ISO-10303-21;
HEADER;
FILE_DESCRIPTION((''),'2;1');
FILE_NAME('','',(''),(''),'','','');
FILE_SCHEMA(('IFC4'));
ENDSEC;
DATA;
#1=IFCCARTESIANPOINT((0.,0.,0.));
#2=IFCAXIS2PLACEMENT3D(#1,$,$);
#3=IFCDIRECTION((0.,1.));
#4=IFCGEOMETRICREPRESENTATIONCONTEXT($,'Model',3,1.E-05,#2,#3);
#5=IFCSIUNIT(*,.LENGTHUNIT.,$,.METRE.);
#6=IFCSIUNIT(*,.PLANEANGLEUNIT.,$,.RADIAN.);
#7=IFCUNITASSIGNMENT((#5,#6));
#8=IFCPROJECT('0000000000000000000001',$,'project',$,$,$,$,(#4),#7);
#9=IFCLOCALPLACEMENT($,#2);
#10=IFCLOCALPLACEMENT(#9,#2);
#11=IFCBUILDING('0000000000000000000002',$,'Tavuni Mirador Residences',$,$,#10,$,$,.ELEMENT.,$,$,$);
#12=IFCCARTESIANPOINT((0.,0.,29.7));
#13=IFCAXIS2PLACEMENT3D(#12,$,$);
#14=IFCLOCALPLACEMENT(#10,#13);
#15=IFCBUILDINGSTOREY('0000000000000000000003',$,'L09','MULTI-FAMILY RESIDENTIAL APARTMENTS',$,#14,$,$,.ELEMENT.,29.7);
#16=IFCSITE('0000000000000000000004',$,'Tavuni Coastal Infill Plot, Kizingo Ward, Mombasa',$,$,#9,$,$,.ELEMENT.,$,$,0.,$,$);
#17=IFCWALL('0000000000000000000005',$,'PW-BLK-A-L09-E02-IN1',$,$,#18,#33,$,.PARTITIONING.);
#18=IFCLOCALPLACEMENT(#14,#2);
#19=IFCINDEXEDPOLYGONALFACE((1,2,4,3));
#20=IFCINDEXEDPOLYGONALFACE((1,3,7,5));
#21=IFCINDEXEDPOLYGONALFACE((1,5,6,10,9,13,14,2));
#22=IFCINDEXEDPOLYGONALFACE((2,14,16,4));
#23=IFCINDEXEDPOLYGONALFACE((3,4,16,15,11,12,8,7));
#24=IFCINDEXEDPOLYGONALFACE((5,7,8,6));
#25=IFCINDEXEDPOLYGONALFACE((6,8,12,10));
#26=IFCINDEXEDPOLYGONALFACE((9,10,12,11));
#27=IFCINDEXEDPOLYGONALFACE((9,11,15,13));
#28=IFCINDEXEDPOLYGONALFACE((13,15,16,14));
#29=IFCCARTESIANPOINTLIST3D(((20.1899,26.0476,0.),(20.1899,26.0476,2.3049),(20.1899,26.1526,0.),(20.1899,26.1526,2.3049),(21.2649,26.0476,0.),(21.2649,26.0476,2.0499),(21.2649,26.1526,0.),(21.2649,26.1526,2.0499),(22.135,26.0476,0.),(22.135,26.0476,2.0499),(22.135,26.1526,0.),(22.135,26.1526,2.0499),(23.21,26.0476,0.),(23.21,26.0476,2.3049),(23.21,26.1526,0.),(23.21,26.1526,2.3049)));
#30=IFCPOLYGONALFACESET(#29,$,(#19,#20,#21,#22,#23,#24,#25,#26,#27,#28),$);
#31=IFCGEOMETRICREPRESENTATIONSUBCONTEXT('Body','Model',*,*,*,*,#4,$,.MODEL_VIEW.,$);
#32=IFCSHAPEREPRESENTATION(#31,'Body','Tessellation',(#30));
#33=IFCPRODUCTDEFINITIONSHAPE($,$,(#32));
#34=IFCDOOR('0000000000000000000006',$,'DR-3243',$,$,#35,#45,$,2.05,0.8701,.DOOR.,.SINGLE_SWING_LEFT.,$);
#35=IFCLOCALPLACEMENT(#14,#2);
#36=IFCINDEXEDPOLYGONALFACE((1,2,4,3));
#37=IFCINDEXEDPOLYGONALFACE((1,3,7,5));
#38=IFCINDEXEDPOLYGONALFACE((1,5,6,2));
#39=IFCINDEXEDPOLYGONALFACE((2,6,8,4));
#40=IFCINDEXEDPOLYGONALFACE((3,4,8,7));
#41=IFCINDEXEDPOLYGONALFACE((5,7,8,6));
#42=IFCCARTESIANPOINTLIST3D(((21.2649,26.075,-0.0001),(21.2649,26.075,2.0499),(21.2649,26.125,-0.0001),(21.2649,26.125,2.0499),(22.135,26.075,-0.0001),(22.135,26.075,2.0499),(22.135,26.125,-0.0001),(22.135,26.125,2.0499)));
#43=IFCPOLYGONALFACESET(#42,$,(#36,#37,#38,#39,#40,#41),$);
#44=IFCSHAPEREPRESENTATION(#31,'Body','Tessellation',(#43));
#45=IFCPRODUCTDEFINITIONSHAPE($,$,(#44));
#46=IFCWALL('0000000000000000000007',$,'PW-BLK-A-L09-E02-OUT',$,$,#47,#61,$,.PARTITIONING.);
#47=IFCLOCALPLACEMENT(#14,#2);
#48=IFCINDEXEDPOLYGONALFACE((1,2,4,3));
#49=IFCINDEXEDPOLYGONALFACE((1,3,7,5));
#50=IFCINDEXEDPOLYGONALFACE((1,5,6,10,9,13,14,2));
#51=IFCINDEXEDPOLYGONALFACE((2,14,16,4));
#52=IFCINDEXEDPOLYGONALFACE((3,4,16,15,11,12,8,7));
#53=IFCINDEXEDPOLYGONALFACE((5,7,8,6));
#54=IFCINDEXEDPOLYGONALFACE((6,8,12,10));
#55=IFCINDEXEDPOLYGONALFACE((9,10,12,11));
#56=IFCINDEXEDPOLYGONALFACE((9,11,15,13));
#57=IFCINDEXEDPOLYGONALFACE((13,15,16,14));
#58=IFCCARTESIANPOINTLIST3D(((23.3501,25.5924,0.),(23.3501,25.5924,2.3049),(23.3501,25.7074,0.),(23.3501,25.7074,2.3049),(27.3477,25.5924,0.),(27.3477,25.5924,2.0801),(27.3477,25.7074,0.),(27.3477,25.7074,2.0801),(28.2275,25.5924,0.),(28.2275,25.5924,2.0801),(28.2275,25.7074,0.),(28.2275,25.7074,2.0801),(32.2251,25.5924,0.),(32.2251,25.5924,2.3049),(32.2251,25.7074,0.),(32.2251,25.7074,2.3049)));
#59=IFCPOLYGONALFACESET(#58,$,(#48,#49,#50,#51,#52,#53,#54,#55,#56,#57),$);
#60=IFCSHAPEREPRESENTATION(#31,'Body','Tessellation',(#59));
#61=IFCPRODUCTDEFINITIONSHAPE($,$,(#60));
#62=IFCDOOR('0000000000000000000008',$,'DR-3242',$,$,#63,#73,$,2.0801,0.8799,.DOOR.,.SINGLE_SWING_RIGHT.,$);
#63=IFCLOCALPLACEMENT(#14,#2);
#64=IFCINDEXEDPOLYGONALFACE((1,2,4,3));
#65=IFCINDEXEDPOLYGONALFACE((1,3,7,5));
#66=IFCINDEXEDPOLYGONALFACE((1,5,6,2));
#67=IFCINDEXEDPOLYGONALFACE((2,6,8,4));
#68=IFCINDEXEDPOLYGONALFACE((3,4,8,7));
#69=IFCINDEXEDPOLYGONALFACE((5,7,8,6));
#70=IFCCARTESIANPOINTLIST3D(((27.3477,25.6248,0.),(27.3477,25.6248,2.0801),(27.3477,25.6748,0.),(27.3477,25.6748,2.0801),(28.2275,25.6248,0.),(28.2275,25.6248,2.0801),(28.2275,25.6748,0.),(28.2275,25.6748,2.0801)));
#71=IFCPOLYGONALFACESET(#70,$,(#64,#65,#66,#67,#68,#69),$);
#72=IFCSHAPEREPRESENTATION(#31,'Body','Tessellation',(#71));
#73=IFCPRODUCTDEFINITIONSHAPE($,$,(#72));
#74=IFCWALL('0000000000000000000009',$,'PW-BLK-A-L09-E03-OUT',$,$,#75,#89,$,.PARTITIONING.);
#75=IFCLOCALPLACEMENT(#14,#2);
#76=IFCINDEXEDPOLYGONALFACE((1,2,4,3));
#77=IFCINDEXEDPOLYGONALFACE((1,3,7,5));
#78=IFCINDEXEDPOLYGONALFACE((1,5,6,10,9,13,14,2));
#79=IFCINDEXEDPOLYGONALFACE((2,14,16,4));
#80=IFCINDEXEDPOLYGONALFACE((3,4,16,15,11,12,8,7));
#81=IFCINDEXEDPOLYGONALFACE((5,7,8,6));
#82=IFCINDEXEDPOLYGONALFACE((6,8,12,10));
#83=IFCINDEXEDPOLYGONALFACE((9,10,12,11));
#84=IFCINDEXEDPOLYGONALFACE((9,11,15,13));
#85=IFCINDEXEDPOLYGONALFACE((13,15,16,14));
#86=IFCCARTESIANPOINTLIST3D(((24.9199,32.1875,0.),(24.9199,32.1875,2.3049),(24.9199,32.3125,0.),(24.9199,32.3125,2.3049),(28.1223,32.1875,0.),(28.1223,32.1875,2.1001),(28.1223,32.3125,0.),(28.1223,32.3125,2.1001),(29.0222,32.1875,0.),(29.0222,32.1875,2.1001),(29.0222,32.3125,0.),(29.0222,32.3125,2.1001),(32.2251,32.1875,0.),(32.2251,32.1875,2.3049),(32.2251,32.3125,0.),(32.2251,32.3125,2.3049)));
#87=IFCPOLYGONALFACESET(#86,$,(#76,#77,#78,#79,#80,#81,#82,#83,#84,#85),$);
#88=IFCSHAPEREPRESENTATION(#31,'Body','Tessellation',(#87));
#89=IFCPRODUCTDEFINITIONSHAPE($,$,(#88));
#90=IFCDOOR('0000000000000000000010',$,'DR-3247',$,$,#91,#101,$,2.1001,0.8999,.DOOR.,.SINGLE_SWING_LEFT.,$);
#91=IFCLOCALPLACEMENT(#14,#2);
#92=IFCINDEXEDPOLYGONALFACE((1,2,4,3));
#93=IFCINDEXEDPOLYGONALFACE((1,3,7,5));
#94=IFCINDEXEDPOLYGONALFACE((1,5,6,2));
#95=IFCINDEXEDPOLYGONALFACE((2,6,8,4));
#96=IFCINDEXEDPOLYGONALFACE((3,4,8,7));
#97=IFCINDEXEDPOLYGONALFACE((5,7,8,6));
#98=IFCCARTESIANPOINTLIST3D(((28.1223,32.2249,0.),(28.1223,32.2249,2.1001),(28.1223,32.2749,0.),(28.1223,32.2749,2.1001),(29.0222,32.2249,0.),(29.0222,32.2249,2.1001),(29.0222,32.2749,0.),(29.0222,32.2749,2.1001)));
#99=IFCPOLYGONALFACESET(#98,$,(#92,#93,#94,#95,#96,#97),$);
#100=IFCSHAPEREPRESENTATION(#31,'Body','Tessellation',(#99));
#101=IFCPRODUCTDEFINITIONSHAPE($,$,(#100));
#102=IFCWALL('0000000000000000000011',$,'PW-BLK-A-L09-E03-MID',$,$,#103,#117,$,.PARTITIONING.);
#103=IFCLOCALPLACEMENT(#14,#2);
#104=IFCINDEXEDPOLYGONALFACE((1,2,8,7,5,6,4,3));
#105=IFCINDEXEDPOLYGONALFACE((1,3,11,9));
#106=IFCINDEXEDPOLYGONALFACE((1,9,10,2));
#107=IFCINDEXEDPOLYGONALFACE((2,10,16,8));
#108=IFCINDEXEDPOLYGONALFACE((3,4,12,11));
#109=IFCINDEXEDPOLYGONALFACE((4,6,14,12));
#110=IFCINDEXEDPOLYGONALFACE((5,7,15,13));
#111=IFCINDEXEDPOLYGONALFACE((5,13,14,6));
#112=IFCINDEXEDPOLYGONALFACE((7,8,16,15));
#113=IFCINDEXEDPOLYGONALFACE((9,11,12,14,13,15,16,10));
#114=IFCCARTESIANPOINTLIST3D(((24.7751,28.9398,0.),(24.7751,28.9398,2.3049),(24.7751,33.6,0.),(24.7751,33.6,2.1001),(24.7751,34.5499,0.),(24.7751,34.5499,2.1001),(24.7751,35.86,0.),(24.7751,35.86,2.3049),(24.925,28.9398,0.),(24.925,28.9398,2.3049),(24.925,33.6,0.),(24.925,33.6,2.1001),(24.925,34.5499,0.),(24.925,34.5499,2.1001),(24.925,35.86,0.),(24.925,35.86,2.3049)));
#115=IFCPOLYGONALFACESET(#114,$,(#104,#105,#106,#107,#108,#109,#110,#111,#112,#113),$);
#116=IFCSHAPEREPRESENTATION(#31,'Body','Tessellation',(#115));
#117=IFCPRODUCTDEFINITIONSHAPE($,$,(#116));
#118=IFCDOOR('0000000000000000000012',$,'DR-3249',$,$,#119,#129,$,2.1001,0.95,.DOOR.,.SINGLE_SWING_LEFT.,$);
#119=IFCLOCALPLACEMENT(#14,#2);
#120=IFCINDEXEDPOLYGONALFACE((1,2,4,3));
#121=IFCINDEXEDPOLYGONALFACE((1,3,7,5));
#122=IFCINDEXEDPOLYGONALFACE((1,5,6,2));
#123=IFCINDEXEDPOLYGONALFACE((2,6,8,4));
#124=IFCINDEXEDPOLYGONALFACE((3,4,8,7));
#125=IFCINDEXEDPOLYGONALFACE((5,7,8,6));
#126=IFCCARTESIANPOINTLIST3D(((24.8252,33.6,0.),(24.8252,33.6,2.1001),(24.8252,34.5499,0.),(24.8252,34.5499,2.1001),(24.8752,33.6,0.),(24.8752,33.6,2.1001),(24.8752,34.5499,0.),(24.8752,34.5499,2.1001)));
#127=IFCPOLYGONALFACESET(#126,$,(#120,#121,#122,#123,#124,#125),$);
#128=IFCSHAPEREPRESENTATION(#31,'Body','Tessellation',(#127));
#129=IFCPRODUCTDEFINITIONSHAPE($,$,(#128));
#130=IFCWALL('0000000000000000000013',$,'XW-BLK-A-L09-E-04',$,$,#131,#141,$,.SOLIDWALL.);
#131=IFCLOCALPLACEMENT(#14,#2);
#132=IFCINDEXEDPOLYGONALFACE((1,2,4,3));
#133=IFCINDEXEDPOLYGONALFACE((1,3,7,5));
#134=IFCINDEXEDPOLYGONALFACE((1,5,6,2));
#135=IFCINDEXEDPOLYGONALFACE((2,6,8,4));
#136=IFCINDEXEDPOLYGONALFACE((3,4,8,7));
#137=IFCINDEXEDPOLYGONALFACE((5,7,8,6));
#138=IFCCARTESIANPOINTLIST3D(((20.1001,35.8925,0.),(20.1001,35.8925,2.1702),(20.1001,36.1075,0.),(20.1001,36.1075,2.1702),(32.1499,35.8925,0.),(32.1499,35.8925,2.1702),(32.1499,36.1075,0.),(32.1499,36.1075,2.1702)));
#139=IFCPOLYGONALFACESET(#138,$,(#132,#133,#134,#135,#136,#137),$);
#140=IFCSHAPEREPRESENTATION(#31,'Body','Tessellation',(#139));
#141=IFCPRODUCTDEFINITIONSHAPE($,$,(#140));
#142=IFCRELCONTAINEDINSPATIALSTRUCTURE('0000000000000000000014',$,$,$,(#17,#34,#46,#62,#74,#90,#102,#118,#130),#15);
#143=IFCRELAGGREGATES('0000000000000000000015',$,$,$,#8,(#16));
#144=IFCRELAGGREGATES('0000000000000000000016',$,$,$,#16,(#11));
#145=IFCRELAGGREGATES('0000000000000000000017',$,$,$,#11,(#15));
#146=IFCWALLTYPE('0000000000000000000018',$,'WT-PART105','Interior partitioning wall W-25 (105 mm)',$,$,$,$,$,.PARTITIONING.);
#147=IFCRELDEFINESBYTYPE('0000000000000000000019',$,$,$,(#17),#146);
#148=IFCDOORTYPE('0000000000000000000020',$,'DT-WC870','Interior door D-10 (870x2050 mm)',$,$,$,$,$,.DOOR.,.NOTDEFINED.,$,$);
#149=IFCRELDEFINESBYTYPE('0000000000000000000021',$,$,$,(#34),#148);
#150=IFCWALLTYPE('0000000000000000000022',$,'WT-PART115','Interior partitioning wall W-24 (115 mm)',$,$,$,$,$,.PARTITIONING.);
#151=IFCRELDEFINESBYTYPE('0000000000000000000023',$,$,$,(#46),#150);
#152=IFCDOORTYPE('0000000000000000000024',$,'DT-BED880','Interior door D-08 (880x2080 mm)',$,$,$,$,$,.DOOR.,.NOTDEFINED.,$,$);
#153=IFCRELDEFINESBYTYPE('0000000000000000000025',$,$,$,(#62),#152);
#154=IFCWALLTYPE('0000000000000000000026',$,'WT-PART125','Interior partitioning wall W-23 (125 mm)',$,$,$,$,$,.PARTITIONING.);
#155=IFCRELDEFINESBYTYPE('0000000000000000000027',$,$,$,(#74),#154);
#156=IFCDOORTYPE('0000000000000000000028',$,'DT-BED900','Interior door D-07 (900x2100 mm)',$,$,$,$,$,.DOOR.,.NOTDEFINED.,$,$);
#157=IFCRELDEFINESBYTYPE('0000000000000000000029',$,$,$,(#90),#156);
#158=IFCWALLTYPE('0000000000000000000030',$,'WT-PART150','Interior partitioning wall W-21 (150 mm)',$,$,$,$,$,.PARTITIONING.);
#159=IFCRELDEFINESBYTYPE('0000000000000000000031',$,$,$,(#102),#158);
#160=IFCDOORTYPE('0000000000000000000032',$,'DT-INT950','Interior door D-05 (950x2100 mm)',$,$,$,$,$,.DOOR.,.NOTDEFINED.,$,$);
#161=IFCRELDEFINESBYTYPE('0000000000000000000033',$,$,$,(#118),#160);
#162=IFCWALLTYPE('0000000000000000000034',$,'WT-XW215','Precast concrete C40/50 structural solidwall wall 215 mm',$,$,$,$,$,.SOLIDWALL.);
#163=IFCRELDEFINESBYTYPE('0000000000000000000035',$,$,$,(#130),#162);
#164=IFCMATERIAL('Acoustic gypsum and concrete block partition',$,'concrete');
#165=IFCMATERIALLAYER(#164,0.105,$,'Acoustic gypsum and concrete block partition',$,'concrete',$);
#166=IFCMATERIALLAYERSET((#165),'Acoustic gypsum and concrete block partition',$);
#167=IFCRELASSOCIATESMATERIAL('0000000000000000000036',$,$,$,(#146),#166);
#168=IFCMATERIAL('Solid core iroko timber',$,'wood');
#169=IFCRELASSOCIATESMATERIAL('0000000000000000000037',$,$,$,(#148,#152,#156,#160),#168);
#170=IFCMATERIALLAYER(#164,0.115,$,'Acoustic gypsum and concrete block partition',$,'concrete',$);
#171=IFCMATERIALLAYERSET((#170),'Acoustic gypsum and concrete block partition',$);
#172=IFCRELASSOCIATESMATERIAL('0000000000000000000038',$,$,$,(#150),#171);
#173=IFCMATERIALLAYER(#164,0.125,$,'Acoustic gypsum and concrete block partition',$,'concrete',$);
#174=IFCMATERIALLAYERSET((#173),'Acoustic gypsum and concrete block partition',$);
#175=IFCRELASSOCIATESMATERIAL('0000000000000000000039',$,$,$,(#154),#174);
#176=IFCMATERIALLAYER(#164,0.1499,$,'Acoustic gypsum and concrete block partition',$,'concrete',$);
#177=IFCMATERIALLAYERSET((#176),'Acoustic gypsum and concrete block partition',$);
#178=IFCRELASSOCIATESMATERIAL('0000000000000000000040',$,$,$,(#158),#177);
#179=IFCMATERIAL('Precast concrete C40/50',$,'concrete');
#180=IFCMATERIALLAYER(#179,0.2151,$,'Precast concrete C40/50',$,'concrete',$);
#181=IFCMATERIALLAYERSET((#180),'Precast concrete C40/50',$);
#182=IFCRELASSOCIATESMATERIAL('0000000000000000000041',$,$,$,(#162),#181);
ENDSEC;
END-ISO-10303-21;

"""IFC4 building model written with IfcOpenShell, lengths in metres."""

from ifc_helpers import new_model, si_unit, direction, frame, frame_2d, origin, place, context, subcontext, project, spatial, rectangle, extrude, material, layer, layer_set, type_object, element, fill, save


model = new_model("IFC4")

# Units and contexts
model_context = context("Model", 3, precision=1e-05, world=origin(), true_north=direction((0.0, 1.0)))
body_context = subcontext(model_context, "Body", "Model", "MODEL_VIEW")
ifc_project = project(units=[si_unit("LENGTHUNIT", "METRE"), si_unit("PLANEANGLEUNIT", "RADIAN")], contexts=[model_context])

# Site, building, storey
site_placement = place(None, origin())
site = spatial("IfcSite", under=ifc_project, at=site_placement, Name="Tavuni Coastal Infill Plot, Kizingo Ward, Mombasa", CompositionType="ELEMENT", RefElevation=0.0)
building_placement = place(site_placement, origin())
building = spatial("IfcBuilding", under=site, at=building_placement, Name="Tavuni Mirador Residences", CompositionType="ELEMENT")
storey_placement = place(building_placement, frame((0.0, 0.0, 29.7)))
storey = spatial("IfcBuildingStorey", under=building, at=storey_placement, Name="L09", Description="MULTI-FAMILY RESIDENTIAL APARTMENTS", CompositionType="ELEMENT", Elevation=29.7)

# Shared definitions
ifc_material_1 = material(Name="Precast concrete C40/50", Category="concrete")

# Shared definitions
ifc_material_2 = material(Name="Solid core iroko timber", Category="wood")

# Walls, openings, doors
ifc_material_3 = material(Name="Acoustic gypsum and concrete block partition", Category="concrete")
ifc_layer_1 = layer(ifc_material_3, 0.105, Name="Acoustic gypsum and concrete block partition", Category="concrete")
ifc_layer_set_1 = layer_set([ifc_layer_1], Name="Acoustic gypsum and concrete block partition")
wall_type_1 = type_object("IfcWallType", Name="WT-PART105", Description="Interior partitioning wall W-25 (105 mm)", PredefinedType="PARTITIONING", material=ifc_layer_set_1)
wall_1_placement = place(storey_placement, frame((20.1899, 26.1001, 0.0), z_axis=(0.0, 0.0, 1.0), x_axis=(1.0, 0.0, 0.0)))
wall_1 = element("IfcWall", 1, at=wall_1_placement, inside=storey, type_object=wall_type_1, Name="PW-BLK-A-L09-E02-IN1", PredefinedType="PARTITIONING", context=body_context, shape_type="SweptSolid", body=[
    extrude(rectangle(XDim=3.02, YDim=0.105, at=frame_2d((1.51, 0.0))), origin(), (0.0, 0.0, 1.0), 2.3049),
])
opening_1_placement = place(wall_1_placement, frame((1.075, 0.0, 0.0)))
opening_1 = element("IfcOpeningElement", 2, at=opening_1_placement, cuts=wall_1, PredefinedType="OPENING", context=body_context, shape_type="SweptSolid", body=[
    extrude(rectangle(XDim=0.8701, YDim=2.05, at=frame_2d((0.4351, 1.0249))), frame((0.0, 0.0625, 0.0), z_axis=(0.0, -1.0, 0.0), x_axis=(1.0, 0.0, 0.0)), (0.0, 0.0, 1.0), 0.125),
])
door_type_1 = type_object("IfcDoorType", Name="DT-WC870", Description="Interior door D-10 (870x2050 mm)", OperationType="NOTDEFINED", PredefinedType="DOOR", material=ifc_material_2)
door_1_placement = place(opening_1_placement, origin())
door_1 = element("IfcDoor", 3, at=door_1_placement, inside=storey, type_object=door_type_1, Name="DR-3243", OperationType="SINGLE_SWING_LEFT", OverallHeight=2.05, OverallWidth=0.8701, PredefinedType="DOOR", context=body_context, shape_type="SweptSolid", body=[
    extrude(rectangle(XDim=0.8701, YDim=2.05, at=frame_2d((0.4351, 1.0249))), frame((0.0, 0.0249, 0.0), z_axis=(0.0, -1.0, 0.0), x_axis=(1.0, 0.0, 0.0)), (0.0, 0.0, 1.0), 0.05),
])
fill(opening_1, door_1)
ifc_layer_2 = layer(ifc_material_3, 0.115, Name="Acoustic gypsum and concrete block partition", Category="concrete")
ifc_layer_set_2 = layer_set([ifc_layer_2], Name="Acoustic gypsum and concrete block partition")
wall_type_2 = type_object("IfcWallType", Name="WT-PART115", Description="Interior partitioning wall W-24 (115 mm)", PredefinedType="PARTITIONING", material=ifc_layer_set_2)
wall_2_placement = place(storey_placement, frame((23.3501, 25.6499, 0.0), z_axis=(0.0, 0.0, 1.0), x_axis=(1.0, 0.0, 0.0)))
wall_2 = element("IfcWall", 4, at=wall_2_placement, inside=storey, type_object=wall_type_2, Name="PW-BLK-A-L09-E02-OUT", PredefinedType="PARTITIONING", context=body_context, shape_type="SweptSolid", body=[
    extrude(rectangle(XDim=8.875, YDim=0.115, at=frame_2d((4.4375, 0.0))), origin(), (0.0, 0.0, 1.0), 2.3049),
])
opening_2_placement = place(wall_2_placement, frame((3.9976, 0.0, 0.0)))
opening_2 = element("IfcOpeningElement", 5, at=opening_2_placement, cuts=wall_2, PredefinedType="OPENING", context=body_context, shape_type="SweptSolid", body=[
    extrude(rectangle(XDim=0.8799, YDim=2.0801, at=frame_2d((0.4399, 1.04))), frame((0.0, 0.0674, 0.0), z_axis=(0.0, -1.0, 0.0), x_axis=(1.0, 0.0, 0.0)), (0.0, 0.0, 1.0), 0.135),
])
door_type_2 = type_object("IfcDoorType", Name="DT-BED880", Description="Interior door D-08 (880x2080 mm)", OperationType="NOTDEFINED", PredefinedType="DOOR", material=ifc_material_2)
door_2_placement = place(opening_2_placement, origin())
door_2 = element("IfcDoor", 6, at=door_2_placement, inside=storey, type_object=door_type_2, Name="DR-3242", OperationType="SINGLE_SWING_RIGHT", OverallHeight=2.0801, OverallWidth=0.8799, PredefinedType="DOOR", context=body_context, shape_type="SweptSolid", body=[
    extrude(rectangle(XDim=0.8799, YDim=2.0801, at=frame_2d((0.4399, 1.04))), frame((0.0, 0.0249, 0.0), z_axis=(0.0, -1.0, 0.0), x_axis=(1.0, 0.0, 0.0)), (0.0, 0.0, 1.0), 0.05),
])
fill(opening_2, door_2)
ifc_layer_3 = layer(ifc_material_3, 0.125, Name="Acoustic gypsum and concrete block partition", Category="concrete")
ifc_layer_set_3 = layer_set([ifc_layer_3], Name="Acoustic gypsum and concrete block partition")
wall_type_3 = type_object("IfcWallType", Name="WT-PART125", Description="Interior partitioning wall W-23 (125 mm)", PredefinedType="PARTITIONING", material=ifc_layer_set_3)
wall_3_placement = place(storey_placement, frame((24.9199, 32.25, 0.0), z_axis=(0.0, 0.0, 1.0), x_axis=(1.0, 0.0, 0.0)))
wall_3 = element("IfcWall", 7, at=wall_3_placement, inside=storey, type_object=wall_type_3, Name="PW-BLK-A-L09-E03-OUT", PredefinedType="PARTITIONING", context=body_context, shape_type="SweptSolid", body=[
    extrude(rectangle(XDim=7.3052, YDim=0.125, at=frame_2d((3.6526, 0.0))), origin(), (0.0, 0.0, 1.0), 2.3049),
])
opening_3_placement = place(wall_3_placement, frame((3.2024, 0.0, 0.0)))
opening_3 = element("IfcOpeningElement", 8, at=opening_3_placement, cuts=wall_3, PredefinedType="OPENING", context=body_context, shape_type="SweptSolid", body=[
    extrude(rectangle(XDim=0.8999, YDim=2.1001, at=frame_2d((0.45, 1.05))), frame((0.0, 0.0725, 0.0), z_axis=(0.0, -1.0, 0.0), x_axis=(1.0, 0.0, 0.0)), (0.0, 0.0, 1.0), 0.145),
])
door_type_3 = type_object("IfcDoorType", Name="DT-BED900", Description="Interior door D-07 (900x2100 mm)", OperationType="NOTDEFINED", PredefinedType="DOOR", material=ifc_material_2)
door_3_placement = place(opening_3_placement, origin())
door_3 = element("IfcDoor", 9, at=door_3_placement, inside=storey, type_object=door_type_3, Name="DR-3247", OperationType="SINGLE_SWING_LEFT", OverallHeight=2.1001, OverallWidth=0.8999, PredefinedType="DOOR", context=body_context, shape_type="SweptSolid", body=[
    extrude(rectangle(XDim=0.8999, YDim=2.1001, at=frame_2d((0.45, 1.05))), frame((0.0, 0.0249, 0.0), z_axis=(0.0, -1.0, 0.0), x_axis=(1.0, 0.0, 0.0)), (0.0, 0.0, 1.0), 0.05),
])
fill(opening_3, door_3)
ifc_layer_4 = layer(ifc_material_3, 0.1499, Name="Acoustic gypsum and concrete block partition", Category="concrete")
ifc_layer_set_4 = layer_set([ifc_layer_4], Name="Acoustic gypsum and concrete block partition")
wall_type_4 = type_object("IfcWallType", Name="WT-PART150", Description="Interior partitioning wall W-21 (150 mm)", PredefinedType="PARTITIONING", material=ifc_layer_set_4)
wall_4_placement = place(storey_placement, frame((24.8501, 28.9399, 0.0), z_axis=(0.0, 0.0, 1.0), x_axis=(0.0, 1.0, 0.0)))
wall_4 = element("IfcWall", 10, at=wall_4_placement, inside=storey, type_object=wall_type_4, Name="PW-BLK-A-L09-E03-MID", PredefinedType="PARTITIONING", context=body_context, shape_type="SweptSolid", body=[
    extrude(rectangle(XDim=6.9202, YDim=0.1499, at=frame_2d((3.46, 0.0))), origin(), (0.0, 0.0, 1.0), 2.3049),
])
opening_4_placement = place(wall_4_placement, frame((4.6599, 0.0, 0.0)))
opening_4 = element("IfcOpeningElement", 11, at=opening_4_placement, cuts=wall_4, PredefinedType="OPENING", context=body_context, shape_type="SweptSolid", body=[
    extrude(rectangle(XDim=0.95, YDim=2.1001, at=frame_2d((0.4751, 1.05))), frame((0.0, 0.085, 0.0), z_axis=(0.0, -1.0, 0.0), x_axis=(1.0, 0.0, 0.0)), (0.0, 0.0, 1.0), 0.1699),
])
door_type_4 = type_object("IfcDoorType", Name="DT-INT950", Description="Interior door D-05 (950x2100 mm)", OperationType="NOTDEFINED", PredefinedType="DOOR", material=ifc_material_2)
door_4_placement = place(opening_4_placement, origin())
door_4 = element("IfcDoor", 12, at=door_4_placement, inside=storey, type_object=door_type_4, Name="DR-3249", OperationType="SINGLE_SWING_LEFT", OverallHeight=2.1001, OverallWidth=0.95, PredefinedType="DOOR", context=body_context, shape_type="SweptSolid", body=[
    extrude(rectangle(XDim=0.95, YDim=2.1001, at=frame_2d((0.4751, 1.05))), frame((0.0, 0.0249, 0.0), z_axis=(0.0, -1.0, 0.0), x_axis=(1.0, 0.0, 0.0)), (0.0, 0.0, 1.0), 0.05),
])
fill(opening_4, door_4)

# Wall
ifc_layer_5 = layer(ifc_material_1, 0.2151, Name="Precast concrete C40/50", Category="concrete")
ifc_layer_set_5 = layer_set([ifc_layer_5], Name="Precast concrete C40/50")
wall_type_5 = type_object("IfcWallType", Name="WT-XW215", Description="Precast concrete C40/50 structural solidwall wall 215 mm", PredefinedType="SOLIDWALL", material=ifc_layer_set_5)
wall_5_placement = place(storey_placement, frame((20.1001, 36.0, 0.0), z_axis=(0.0, 0.0, 1.0), x_axis=(1.0, 0.0, 0.0)))
element("IfcWall", 13, at=wall_5_placement, inside=storey, type_object=wall_type_5, Name="XW-BLK-A-L09-E-04", PredefinedType="SOLIDWALL", context=body_context, shape_type="SweptSolid", body=[
    extrude(rectangle(XDim=12.0498, YDim=0.2151, at=frame_2d((6.0249, 0.0))), origin(), (0.0, 0.0, 1.0), 2.1702),
])

save(model, "model.ifc")
